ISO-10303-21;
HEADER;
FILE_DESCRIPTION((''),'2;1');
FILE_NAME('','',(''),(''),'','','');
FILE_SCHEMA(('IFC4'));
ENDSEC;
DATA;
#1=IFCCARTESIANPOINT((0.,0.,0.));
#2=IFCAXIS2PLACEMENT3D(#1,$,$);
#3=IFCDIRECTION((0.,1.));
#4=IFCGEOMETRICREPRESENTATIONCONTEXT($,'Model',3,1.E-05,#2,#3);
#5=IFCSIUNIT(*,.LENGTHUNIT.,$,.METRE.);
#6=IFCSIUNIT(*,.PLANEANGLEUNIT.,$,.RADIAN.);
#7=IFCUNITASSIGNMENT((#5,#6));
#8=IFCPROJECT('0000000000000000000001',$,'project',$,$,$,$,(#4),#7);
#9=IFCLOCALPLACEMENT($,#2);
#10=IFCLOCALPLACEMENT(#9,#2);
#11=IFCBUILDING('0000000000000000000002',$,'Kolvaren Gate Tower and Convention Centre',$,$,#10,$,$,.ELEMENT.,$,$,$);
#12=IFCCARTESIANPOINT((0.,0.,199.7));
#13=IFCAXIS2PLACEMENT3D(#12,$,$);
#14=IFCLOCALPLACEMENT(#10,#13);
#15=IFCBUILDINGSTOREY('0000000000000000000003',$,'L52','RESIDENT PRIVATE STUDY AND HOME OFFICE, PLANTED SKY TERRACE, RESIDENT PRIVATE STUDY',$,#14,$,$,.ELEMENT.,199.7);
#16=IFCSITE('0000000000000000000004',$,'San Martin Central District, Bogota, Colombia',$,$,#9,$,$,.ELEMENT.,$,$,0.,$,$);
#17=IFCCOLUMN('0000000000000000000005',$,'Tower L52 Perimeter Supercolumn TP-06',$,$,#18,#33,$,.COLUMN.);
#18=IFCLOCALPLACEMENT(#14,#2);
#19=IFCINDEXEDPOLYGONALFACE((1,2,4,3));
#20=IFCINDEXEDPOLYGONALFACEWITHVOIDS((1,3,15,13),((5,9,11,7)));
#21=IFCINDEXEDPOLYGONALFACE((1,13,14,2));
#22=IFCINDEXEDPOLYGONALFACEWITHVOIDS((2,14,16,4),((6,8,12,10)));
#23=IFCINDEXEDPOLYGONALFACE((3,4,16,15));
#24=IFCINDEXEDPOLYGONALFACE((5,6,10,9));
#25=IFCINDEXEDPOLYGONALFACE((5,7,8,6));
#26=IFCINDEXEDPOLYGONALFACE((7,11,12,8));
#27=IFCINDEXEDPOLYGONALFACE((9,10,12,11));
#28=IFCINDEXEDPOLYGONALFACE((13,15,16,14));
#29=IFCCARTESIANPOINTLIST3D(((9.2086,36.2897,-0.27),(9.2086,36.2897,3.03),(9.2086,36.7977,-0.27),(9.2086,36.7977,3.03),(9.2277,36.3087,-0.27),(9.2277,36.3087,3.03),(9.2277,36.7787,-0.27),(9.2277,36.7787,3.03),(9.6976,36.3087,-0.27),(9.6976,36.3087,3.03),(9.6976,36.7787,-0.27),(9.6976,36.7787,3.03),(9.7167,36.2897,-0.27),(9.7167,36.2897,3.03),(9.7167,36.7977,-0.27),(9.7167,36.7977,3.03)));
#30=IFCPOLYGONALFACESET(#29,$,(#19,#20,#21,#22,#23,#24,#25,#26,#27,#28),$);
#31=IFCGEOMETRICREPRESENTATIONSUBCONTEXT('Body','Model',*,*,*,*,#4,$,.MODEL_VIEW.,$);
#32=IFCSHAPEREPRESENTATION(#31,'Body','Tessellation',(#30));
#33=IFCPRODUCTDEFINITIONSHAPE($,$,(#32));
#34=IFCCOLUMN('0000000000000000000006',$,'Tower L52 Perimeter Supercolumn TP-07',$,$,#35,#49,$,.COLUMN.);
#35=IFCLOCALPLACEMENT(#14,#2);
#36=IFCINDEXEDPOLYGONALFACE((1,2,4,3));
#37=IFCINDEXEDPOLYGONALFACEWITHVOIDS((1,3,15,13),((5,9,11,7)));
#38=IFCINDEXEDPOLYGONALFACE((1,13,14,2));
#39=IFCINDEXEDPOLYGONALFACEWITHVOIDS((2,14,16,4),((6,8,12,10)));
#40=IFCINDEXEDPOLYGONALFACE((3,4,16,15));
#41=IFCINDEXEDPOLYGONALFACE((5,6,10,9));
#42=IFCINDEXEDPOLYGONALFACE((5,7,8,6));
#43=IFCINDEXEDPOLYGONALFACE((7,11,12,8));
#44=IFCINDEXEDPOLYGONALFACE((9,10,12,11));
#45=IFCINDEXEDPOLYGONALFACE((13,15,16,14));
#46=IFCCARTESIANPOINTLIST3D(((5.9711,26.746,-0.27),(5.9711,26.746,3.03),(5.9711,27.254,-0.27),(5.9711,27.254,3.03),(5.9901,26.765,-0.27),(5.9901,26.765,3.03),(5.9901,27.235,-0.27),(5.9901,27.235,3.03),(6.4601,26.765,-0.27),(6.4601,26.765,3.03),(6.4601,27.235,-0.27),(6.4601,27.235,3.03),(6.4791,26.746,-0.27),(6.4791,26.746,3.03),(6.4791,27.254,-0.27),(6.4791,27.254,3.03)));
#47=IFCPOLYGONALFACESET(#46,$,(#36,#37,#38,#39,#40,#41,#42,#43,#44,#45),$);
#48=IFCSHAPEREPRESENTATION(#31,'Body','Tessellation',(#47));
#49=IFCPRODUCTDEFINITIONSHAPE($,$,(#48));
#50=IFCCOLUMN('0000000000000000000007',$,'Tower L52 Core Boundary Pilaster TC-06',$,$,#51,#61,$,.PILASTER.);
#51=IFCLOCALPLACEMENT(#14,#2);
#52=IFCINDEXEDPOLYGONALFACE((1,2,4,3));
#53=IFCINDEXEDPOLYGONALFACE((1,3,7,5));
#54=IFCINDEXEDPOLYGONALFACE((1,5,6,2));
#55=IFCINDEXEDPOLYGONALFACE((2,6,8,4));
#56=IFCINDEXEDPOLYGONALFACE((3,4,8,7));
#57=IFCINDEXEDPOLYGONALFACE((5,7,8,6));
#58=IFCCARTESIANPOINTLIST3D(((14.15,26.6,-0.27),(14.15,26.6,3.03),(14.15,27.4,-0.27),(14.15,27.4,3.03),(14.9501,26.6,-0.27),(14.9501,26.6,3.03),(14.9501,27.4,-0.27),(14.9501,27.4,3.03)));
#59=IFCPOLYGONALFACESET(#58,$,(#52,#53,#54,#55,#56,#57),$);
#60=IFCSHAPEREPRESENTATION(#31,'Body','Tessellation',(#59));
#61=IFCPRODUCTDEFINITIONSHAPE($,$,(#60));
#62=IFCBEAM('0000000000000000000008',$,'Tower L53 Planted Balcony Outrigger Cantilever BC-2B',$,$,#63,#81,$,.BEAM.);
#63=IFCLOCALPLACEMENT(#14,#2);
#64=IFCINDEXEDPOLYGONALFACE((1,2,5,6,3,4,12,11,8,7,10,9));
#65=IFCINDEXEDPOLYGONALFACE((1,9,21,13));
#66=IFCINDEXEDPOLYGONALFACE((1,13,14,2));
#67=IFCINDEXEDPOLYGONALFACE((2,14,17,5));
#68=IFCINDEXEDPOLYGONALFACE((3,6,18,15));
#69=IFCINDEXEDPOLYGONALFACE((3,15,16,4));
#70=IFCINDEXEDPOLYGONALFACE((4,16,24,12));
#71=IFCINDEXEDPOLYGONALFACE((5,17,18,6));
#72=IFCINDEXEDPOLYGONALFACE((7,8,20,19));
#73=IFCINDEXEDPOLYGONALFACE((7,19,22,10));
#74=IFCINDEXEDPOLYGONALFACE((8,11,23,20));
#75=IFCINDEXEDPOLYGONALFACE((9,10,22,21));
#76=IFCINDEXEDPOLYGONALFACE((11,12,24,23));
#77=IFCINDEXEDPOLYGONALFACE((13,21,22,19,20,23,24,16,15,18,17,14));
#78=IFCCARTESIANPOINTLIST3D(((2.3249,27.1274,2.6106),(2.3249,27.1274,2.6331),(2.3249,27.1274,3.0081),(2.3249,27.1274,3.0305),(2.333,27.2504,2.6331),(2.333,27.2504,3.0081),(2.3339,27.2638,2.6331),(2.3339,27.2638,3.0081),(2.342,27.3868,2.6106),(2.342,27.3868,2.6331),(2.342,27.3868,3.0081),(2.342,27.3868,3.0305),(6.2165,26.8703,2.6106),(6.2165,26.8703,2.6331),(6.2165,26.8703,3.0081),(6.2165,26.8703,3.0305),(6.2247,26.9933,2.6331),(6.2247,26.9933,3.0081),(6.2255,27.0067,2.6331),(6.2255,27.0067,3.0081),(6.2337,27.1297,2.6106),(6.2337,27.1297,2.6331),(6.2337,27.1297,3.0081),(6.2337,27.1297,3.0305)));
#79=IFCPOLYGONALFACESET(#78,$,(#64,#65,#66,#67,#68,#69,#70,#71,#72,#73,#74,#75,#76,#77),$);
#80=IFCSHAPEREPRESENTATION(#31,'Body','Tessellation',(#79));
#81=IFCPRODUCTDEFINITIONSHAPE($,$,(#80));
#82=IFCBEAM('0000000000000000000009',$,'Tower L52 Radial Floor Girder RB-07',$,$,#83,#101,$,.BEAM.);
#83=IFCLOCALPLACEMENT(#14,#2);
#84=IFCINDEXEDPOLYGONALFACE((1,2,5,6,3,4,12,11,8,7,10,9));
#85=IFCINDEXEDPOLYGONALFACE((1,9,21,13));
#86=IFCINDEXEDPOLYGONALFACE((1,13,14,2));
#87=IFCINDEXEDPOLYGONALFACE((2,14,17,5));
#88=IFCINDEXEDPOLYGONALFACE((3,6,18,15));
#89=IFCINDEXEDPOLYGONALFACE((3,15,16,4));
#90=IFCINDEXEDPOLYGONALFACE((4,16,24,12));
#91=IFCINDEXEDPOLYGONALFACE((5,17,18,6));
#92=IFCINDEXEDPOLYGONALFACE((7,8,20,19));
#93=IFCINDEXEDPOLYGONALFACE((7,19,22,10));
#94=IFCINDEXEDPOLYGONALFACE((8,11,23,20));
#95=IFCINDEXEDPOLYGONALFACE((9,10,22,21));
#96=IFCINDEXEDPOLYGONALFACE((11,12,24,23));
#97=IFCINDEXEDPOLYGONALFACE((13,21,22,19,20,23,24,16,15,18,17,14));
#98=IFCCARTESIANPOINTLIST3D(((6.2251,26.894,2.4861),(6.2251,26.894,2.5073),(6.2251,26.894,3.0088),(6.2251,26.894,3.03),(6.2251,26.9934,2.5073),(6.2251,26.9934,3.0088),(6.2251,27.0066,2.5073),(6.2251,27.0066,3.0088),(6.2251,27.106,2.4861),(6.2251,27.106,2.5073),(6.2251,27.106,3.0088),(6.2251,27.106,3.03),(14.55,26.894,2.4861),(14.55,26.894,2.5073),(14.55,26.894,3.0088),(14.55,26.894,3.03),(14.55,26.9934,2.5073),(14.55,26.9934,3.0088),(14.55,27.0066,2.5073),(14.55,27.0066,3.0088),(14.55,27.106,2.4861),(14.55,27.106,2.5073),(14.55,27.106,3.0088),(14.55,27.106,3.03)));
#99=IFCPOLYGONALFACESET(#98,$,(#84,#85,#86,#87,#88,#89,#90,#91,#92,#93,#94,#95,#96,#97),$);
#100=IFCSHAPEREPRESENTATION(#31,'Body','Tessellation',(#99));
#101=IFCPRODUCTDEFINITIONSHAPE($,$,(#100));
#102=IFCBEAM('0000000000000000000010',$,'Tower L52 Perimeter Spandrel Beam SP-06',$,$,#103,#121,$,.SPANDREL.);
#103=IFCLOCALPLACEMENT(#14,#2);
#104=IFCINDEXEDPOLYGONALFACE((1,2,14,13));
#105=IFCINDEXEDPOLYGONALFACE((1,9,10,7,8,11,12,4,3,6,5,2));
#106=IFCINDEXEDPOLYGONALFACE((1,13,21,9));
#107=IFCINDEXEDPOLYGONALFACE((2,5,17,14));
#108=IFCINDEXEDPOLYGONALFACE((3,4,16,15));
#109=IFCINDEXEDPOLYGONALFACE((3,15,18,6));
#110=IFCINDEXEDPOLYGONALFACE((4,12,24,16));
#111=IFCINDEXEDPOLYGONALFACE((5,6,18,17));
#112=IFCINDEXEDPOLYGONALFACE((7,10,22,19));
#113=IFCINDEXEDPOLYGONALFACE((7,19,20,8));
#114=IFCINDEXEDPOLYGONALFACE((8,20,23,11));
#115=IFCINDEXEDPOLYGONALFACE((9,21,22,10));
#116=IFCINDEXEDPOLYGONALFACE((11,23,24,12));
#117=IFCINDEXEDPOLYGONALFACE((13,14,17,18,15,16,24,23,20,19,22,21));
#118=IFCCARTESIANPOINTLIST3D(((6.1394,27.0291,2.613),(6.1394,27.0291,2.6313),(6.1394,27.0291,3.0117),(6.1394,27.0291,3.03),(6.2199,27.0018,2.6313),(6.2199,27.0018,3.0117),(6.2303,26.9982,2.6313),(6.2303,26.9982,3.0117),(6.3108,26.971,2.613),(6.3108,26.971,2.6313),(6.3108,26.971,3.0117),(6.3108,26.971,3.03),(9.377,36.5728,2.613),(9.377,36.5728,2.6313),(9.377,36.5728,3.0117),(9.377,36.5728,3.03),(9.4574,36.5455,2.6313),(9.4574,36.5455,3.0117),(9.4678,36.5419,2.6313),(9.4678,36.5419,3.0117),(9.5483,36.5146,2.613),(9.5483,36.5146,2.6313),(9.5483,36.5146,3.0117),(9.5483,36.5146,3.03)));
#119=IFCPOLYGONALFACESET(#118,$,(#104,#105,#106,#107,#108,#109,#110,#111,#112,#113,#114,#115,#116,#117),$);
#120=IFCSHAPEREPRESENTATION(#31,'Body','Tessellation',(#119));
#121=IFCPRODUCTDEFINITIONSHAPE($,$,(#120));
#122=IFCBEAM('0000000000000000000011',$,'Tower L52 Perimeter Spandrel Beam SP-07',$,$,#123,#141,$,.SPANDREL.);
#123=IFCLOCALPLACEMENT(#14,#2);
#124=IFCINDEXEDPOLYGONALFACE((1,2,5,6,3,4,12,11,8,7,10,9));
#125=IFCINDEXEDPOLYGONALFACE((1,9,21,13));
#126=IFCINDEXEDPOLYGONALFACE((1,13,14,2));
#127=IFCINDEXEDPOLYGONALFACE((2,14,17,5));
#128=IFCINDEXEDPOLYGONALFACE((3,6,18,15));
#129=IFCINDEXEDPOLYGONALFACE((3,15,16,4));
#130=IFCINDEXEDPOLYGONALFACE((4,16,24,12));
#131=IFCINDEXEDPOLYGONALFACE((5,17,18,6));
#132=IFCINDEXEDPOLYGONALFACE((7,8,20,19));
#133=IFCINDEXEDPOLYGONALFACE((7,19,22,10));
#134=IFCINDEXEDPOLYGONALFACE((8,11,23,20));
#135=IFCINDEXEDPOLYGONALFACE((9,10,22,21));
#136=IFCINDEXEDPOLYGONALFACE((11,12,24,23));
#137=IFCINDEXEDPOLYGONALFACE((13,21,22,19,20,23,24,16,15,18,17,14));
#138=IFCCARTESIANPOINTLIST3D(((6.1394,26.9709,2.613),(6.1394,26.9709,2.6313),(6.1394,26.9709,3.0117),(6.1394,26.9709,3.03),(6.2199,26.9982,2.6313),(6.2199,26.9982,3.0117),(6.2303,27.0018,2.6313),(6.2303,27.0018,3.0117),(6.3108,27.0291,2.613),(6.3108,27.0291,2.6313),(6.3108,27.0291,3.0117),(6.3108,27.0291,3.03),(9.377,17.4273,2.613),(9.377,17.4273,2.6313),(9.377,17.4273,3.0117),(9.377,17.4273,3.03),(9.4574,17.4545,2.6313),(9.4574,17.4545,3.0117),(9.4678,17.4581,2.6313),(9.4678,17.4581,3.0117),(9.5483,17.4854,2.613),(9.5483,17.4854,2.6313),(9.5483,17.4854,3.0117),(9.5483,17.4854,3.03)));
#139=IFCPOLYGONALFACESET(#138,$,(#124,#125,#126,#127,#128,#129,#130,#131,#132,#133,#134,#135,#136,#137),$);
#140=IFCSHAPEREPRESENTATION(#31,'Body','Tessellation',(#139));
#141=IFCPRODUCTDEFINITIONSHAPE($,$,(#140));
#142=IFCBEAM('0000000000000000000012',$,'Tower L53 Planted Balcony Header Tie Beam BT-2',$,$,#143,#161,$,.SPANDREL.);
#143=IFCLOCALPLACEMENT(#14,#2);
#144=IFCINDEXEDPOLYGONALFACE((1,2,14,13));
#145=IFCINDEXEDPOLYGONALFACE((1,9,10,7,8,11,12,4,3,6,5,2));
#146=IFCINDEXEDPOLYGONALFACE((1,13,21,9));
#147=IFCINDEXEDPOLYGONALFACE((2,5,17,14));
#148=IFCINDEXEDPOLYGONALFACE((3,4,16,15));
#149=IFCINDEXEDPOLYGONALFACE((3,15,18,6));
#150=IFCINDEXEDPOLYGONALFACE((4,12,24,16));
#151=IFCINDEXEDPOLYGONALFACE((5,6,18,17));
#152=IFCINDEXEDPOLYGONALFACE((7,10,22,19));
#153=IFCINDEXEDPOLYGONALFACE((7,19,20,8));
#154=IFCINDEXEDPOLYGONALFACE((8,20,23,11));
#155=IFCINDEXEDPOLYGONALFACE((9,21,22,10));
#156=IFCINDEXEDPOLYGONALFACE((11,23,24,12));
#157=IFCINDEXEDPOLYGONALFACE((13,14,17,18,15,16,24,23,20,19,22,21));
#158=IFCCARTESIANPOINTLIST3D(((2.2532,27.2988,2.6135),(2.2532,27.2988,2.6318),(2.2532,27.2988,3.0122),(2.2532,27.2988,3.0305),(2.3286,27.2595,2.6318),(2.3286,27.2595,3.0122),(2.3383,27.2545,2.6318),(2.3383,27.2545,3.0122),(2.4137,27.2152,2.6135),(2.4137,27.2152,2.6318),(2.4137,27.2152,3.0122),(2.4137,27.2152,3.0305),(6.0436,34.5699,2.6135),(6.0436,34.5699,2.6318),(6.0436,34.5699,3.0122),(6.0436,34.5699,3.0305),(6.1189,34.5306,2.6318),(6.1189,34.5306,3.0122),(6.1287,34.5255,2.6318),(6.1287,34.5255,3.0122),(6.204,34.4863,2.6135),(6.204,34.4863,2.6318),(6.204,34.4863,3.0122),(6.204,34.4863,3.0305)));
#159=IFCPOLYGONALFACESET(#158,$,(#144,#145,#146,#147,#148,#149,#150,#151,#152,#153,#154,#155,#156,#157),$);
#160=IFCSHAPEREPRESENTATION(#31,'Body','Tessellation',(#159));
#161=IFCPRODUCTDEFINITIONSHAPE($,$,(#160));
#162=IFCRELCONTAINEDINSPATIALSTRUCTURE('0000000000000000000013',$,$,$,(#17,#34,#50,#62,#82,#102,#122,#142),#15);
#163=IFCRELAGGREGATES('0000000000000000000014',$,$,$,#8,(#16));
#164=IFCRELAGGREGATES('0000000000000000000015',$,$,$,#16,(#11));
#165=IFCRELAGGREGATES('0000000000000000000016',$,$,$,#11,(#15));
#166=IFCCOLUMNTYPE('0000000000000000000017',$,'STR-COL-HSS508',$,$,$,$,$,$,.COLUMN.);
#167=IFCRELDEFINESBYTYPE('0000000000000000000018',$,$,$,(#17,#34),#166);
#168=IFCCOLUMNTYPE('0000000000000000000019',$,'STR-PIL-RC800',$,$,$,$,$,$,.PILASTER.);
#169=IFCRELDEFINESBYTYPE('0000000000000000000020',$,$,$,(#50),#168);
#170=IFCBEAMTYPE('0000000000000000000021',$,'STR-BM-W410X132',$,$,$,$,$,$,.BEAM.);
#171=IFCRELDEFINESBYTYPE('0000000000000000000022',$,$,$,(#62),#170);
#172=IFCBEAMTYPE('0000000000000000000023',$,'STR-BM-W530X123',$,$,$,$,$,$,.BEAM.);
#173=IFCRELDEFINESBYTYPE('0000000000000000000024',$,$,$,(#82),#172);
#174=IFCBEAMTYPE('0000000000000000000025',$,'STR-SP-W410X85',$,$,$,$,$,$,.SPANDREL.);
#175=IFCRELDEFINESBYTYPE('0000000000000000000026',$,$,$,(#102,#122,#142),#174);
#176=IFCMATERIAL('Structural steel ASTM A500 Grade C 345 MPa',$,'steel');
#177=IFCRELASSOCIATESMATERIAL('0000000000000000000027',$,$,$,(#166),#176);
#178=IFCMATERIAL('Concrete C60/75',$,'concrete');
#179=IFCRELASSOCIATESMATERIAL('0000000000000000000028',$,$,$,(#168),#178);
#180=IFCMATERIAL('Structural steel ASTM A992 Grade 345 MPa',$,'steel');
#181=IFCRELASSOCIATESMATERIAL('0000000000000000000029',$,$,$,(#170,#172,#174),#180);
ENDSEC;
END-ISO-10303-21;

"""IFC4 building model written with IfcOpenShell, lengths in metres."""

from ifc_helpers import new_model, si_unit, direction, frame, origin, origin_2d, place, context, subcontext, project, spatial, rectangle, hollow_rectangle, i_section, extrude, material, material_profile, profile_set, type_object, element, save


model = new_model("IFC4")

# Units and contexts
model_context = context("Model", 3, precision=1e-05, world=origin(), true_north=direction((0.0, 1.0)))
body_context = subcontext(model_context, "Body", "Model", "MODEL_VIEW")
ifc_project = project(units=[si_unit("LENGTHUNIT", "METRE"), si_unit("PLANEANGLEUNIT", "RADIAN")], contexts=[model_context])

# Site, building, storey
site_placement = place(None, origin())
site = spatial("IfcSite", under=ifc_project, at=site_placement, Name="San Martin Central District, Bogota, Colombia", CompositionType="ELEMENT", RefElevation=0.0)
building_placement = place(site_placement, origin())
building = spatial("IfcBuilding", under=site, at=building_placement, Name="Kolvaren Gate Tower and Convention Centre", CompositionType="ELEMENT")
storey_placement = place(building_placement, frame((0.0, 0.0, 199.7)))
storey = spatial("IfcBuildingStorey", under=building, at=storey_placement, Name="L52", Description="RESIDENT PRIVATE STUDY AND HOME OFFICE, PLANTED SKY TERRACE, RESIDENT PRIVATE STUDY", CompositionType="ELEMENT", Elevation=199.7)

# Columns
ifc_material_1 = material(Name="Structural steel ASTM A500 Grade C 345 MPa", Category="steel")
ifc_material_profile_1 = material_profile(ifc_material_1, hollow_rectangle(XDim=0.5081, YDim=0.5081, WallThickness=0.019, at=origin_2d()), Name="HSS508X508X19.1")
ifc_profile_set_1 = profile_set([ifc_material_profile_1], Name="Structural steel ASTM A500 Grade C 345 MPa")
column_type_1 = type_object("IfcColumnType", Name="STR-COL-HSS508", PredefinedType="COLUMN", material=ifc_profile_set_1)
for number, where, z_axis, x_axis, name in (
    (1, (9.4626, 36.5437, -0.27), (0.0, 0.0, 1.0), (1.0, 0.0, 0.0), "Tower L52 Perimeter Supercolumn TP-06"),
    (2, (6.2251, 27.0, -0.27), (0.0, 0.0, 1.0), (1.0, 0.0, 0.0), "Tower L52 Perimeter Supercolumn TP-07"),
):
    element("IfcColumn", number, at=place(storey_placement, frame(where, z_axis=z_axis, x_axis=x_axis)), inside=storey, type_object=column_type_1, Name=name, PredefinedType="COLUMN", context=body_context, shape_type="SweptSolid", body=[
        extrude(hollow_rectangle(XDim=0.5081, YDim=0.5081, WallThickness=0.019, at=origin_2d()), origin(), (0.0, 0.0, 1.0), 3.3),
    ])
ifc_material_2 = material(Name="Concrete C60/75", Category="concrete")
ifc_material_profile_2 = material_profile(ifc_material_2, rectangle(XDim=0.8, YDim=0.8, at=origin_2d()), Name="RC-COL-800X800")
ifc_profile_set_2 = profile_set([ifc_material_profile_2], Name="Concrete C60/75")
column_type_2 = type_object("IfcColumnType", Name="STR-PIL-RC800", PredefinedType="PILASTER", material=ifc_profile_set_2)
column_placement = place(storey_placement, frame((14.55, 27.0, -0.27), z_axis=(0.0, 0.0, 1.0), x_axis=(1.0, 0.0, 0.0)))
element("IfcColumn", 3, at=column_placement, inside=storey, type_object=column_type_2, Name="Tower L52 Core Boundary Pilaster TC-06", PredefinedType="PILASTER", context=body_context, shape_type="SweptSolid", body=[
    extrude(rectangle(XDim=0.8, YDim=0.8, at=origin_2d()), origin(), (0.0, 0.0, 1.0), 3.3),
])

# Beams
ifc_material_3 = material(Name="Structural steel ASTM A992 Grade 345 MPa", Category="steel")
ifc_material_profile_3 = material_profile(ifc_material_3, i_section(OverallWidth=0.26, OverallDepth=0.4199, WebThickness=0.0134, FlangeThickness=0.0225, at=origin_2d()), Name="W410X132")
ifc_profile_set_3 = profile_set([ifc_material_profile_3], Name="Structural steel ASTM A992 Grade 345 MPa")
beam_type_1 = type_object("IfcBeamType", Name="STR-BM-W410X132", PredefinedType="BEAM", material=ifc_profile_set_3)
beam_1_placement = place(storey_placement, frame((6.2251, 27.0, 2.8206), z_axis=(-0.997825, 0.065917, 0.0), x_axis=(-0.065917, -0.997825, 0.0)))
element("IfcBeam", 4, at=beam_1_placement, inside=storey, type_object=beam_type_1, Name="Tower L53 Planted Balcony Outrigger Cantilever BC-2B", PredefinedType="BEAM", context=body_context, shape_type="SweptSolid", body=[
    extrude(i_section(OverallWidth=0.26, OverallDepth=0.4199, WebThickness=0.0134, FlangeThickness=0.0225, at=origin_2d()), origin(), (0.0, 0.0, 1.0), 3.9001),
])
ifc_material_profile_4 = material_profile(ifc_material_3, i_section(OverallWidth=0.2119, OverallDepth=0.5439, WebThickness=0.0132, FlangeThickness=0.0212, at=origin_2d()), Name="W530X123")
ifc_profile_set_4 = profile_set([ifc_material_profile_4], Name="Structural steel ASTM A992 Grade 345 MPa")
beam_type_2 = type_object("IfcBeamType", Name="STR-BM-W530X123", PredefinedType="BEAM", material=ifc_profile_set_4)
beam_2_placement = place(storey_placement, frame((14.55, 27.0, 2.7581), z_axis=(-1.0, 0.0, 0.0), x_axis=(0.0, -1.0, 0.0)))
element("IfcBeam", 5, at=beam_2_placement, inside=storey, type_object=beam_type_2, Name="Tower L52 Radial Floor Girder RB-07", PredefinedType="BEAM", context=body_context, shape_type="SweptSolid", body=[
    extrude(i_section(OverallWidth=0.2119, OverallDepth=0.5439, WebThickness=0.0132, FlangeThickness=0.0212, at=origin_2d()), origin(), (0.0, 0.0, 1.0), 8.325),
])
ifc_material_profile_5 = material_profile(ifc_material_3, i_section(OverallWidth=0.1809, OverallDepth=0.417, WebThickness=0.011, FlangeThickness=0.0183, at=origin_2d()), Name="W410X85")
ifc_profile_set_5 = profile_set([ifc_material_profile_5], Name="Structural steel ASTM A992 Grade 345 MPa")
beam_type_3 = type_object("IfcBeamType", Name="STR-SP-W410X85", PredefinedType="SPANDREL", material=ifc_profile_set_5)
for number, where, z_axis, x_axis, name in (
    (6, (9.4626, 36.5437, 2.8215), (-0.321253, -0.946994, 0.0), (0.946994, -0.321253, 0.0), "Tower L52 Perimeter Spandrel Beam SP-06"),
    (7, (6.2251, 27.0, 2.8215), (0.321253, -0.946994, 0.0), (0.946994, 0.321253, 0.0), "Tower L52 Perimeter Spandrel Beam SP-07"),
):
    element("IfcBeam", number, at=place(storey_placement, frame(where, z_axis=z_axis, x_axis=x_axis)), inside=storey, type_object=beam_type_3, Name=name, PredefinedType="SPANDREL", context=body_context, shape_type="SweptSolid", body=[
        extrude(i_section(OverallWidth=0.1809, OverallDepth=0.417, WebThickness=0.011, FlangeThickness=0.0183, at=origin_2d()), origin(), (0.0, 0.0, 1.0), 10.0779),
    ])
beam_3_placement = place(storey_placement, frame((6.1238, 34.5281, 2.822), z_axis=(-0.462252, -0.886749, 0.0), x_axis=(0.886749, -0.462252, 0.0)))
element("IfcBeam", 8, at=beam_3_placement, inside=storey, type_object=beam_type_3, Name="Tower L53 Planted Balcony Header Tie Beam BT-2", PredefinedType="SPANDREL", context=body_context, shape_type="SweptSolid", body=[
    extrude(i_section(OverallWidth=0.1809, OverallDepth=0.417, WebThickness=0.011, FlangeThickness=0.0183, at=origin_2d()), origin(), (0.0, 0.0, 1.0), 8.1997),
])

save(model, "model.ifc")
